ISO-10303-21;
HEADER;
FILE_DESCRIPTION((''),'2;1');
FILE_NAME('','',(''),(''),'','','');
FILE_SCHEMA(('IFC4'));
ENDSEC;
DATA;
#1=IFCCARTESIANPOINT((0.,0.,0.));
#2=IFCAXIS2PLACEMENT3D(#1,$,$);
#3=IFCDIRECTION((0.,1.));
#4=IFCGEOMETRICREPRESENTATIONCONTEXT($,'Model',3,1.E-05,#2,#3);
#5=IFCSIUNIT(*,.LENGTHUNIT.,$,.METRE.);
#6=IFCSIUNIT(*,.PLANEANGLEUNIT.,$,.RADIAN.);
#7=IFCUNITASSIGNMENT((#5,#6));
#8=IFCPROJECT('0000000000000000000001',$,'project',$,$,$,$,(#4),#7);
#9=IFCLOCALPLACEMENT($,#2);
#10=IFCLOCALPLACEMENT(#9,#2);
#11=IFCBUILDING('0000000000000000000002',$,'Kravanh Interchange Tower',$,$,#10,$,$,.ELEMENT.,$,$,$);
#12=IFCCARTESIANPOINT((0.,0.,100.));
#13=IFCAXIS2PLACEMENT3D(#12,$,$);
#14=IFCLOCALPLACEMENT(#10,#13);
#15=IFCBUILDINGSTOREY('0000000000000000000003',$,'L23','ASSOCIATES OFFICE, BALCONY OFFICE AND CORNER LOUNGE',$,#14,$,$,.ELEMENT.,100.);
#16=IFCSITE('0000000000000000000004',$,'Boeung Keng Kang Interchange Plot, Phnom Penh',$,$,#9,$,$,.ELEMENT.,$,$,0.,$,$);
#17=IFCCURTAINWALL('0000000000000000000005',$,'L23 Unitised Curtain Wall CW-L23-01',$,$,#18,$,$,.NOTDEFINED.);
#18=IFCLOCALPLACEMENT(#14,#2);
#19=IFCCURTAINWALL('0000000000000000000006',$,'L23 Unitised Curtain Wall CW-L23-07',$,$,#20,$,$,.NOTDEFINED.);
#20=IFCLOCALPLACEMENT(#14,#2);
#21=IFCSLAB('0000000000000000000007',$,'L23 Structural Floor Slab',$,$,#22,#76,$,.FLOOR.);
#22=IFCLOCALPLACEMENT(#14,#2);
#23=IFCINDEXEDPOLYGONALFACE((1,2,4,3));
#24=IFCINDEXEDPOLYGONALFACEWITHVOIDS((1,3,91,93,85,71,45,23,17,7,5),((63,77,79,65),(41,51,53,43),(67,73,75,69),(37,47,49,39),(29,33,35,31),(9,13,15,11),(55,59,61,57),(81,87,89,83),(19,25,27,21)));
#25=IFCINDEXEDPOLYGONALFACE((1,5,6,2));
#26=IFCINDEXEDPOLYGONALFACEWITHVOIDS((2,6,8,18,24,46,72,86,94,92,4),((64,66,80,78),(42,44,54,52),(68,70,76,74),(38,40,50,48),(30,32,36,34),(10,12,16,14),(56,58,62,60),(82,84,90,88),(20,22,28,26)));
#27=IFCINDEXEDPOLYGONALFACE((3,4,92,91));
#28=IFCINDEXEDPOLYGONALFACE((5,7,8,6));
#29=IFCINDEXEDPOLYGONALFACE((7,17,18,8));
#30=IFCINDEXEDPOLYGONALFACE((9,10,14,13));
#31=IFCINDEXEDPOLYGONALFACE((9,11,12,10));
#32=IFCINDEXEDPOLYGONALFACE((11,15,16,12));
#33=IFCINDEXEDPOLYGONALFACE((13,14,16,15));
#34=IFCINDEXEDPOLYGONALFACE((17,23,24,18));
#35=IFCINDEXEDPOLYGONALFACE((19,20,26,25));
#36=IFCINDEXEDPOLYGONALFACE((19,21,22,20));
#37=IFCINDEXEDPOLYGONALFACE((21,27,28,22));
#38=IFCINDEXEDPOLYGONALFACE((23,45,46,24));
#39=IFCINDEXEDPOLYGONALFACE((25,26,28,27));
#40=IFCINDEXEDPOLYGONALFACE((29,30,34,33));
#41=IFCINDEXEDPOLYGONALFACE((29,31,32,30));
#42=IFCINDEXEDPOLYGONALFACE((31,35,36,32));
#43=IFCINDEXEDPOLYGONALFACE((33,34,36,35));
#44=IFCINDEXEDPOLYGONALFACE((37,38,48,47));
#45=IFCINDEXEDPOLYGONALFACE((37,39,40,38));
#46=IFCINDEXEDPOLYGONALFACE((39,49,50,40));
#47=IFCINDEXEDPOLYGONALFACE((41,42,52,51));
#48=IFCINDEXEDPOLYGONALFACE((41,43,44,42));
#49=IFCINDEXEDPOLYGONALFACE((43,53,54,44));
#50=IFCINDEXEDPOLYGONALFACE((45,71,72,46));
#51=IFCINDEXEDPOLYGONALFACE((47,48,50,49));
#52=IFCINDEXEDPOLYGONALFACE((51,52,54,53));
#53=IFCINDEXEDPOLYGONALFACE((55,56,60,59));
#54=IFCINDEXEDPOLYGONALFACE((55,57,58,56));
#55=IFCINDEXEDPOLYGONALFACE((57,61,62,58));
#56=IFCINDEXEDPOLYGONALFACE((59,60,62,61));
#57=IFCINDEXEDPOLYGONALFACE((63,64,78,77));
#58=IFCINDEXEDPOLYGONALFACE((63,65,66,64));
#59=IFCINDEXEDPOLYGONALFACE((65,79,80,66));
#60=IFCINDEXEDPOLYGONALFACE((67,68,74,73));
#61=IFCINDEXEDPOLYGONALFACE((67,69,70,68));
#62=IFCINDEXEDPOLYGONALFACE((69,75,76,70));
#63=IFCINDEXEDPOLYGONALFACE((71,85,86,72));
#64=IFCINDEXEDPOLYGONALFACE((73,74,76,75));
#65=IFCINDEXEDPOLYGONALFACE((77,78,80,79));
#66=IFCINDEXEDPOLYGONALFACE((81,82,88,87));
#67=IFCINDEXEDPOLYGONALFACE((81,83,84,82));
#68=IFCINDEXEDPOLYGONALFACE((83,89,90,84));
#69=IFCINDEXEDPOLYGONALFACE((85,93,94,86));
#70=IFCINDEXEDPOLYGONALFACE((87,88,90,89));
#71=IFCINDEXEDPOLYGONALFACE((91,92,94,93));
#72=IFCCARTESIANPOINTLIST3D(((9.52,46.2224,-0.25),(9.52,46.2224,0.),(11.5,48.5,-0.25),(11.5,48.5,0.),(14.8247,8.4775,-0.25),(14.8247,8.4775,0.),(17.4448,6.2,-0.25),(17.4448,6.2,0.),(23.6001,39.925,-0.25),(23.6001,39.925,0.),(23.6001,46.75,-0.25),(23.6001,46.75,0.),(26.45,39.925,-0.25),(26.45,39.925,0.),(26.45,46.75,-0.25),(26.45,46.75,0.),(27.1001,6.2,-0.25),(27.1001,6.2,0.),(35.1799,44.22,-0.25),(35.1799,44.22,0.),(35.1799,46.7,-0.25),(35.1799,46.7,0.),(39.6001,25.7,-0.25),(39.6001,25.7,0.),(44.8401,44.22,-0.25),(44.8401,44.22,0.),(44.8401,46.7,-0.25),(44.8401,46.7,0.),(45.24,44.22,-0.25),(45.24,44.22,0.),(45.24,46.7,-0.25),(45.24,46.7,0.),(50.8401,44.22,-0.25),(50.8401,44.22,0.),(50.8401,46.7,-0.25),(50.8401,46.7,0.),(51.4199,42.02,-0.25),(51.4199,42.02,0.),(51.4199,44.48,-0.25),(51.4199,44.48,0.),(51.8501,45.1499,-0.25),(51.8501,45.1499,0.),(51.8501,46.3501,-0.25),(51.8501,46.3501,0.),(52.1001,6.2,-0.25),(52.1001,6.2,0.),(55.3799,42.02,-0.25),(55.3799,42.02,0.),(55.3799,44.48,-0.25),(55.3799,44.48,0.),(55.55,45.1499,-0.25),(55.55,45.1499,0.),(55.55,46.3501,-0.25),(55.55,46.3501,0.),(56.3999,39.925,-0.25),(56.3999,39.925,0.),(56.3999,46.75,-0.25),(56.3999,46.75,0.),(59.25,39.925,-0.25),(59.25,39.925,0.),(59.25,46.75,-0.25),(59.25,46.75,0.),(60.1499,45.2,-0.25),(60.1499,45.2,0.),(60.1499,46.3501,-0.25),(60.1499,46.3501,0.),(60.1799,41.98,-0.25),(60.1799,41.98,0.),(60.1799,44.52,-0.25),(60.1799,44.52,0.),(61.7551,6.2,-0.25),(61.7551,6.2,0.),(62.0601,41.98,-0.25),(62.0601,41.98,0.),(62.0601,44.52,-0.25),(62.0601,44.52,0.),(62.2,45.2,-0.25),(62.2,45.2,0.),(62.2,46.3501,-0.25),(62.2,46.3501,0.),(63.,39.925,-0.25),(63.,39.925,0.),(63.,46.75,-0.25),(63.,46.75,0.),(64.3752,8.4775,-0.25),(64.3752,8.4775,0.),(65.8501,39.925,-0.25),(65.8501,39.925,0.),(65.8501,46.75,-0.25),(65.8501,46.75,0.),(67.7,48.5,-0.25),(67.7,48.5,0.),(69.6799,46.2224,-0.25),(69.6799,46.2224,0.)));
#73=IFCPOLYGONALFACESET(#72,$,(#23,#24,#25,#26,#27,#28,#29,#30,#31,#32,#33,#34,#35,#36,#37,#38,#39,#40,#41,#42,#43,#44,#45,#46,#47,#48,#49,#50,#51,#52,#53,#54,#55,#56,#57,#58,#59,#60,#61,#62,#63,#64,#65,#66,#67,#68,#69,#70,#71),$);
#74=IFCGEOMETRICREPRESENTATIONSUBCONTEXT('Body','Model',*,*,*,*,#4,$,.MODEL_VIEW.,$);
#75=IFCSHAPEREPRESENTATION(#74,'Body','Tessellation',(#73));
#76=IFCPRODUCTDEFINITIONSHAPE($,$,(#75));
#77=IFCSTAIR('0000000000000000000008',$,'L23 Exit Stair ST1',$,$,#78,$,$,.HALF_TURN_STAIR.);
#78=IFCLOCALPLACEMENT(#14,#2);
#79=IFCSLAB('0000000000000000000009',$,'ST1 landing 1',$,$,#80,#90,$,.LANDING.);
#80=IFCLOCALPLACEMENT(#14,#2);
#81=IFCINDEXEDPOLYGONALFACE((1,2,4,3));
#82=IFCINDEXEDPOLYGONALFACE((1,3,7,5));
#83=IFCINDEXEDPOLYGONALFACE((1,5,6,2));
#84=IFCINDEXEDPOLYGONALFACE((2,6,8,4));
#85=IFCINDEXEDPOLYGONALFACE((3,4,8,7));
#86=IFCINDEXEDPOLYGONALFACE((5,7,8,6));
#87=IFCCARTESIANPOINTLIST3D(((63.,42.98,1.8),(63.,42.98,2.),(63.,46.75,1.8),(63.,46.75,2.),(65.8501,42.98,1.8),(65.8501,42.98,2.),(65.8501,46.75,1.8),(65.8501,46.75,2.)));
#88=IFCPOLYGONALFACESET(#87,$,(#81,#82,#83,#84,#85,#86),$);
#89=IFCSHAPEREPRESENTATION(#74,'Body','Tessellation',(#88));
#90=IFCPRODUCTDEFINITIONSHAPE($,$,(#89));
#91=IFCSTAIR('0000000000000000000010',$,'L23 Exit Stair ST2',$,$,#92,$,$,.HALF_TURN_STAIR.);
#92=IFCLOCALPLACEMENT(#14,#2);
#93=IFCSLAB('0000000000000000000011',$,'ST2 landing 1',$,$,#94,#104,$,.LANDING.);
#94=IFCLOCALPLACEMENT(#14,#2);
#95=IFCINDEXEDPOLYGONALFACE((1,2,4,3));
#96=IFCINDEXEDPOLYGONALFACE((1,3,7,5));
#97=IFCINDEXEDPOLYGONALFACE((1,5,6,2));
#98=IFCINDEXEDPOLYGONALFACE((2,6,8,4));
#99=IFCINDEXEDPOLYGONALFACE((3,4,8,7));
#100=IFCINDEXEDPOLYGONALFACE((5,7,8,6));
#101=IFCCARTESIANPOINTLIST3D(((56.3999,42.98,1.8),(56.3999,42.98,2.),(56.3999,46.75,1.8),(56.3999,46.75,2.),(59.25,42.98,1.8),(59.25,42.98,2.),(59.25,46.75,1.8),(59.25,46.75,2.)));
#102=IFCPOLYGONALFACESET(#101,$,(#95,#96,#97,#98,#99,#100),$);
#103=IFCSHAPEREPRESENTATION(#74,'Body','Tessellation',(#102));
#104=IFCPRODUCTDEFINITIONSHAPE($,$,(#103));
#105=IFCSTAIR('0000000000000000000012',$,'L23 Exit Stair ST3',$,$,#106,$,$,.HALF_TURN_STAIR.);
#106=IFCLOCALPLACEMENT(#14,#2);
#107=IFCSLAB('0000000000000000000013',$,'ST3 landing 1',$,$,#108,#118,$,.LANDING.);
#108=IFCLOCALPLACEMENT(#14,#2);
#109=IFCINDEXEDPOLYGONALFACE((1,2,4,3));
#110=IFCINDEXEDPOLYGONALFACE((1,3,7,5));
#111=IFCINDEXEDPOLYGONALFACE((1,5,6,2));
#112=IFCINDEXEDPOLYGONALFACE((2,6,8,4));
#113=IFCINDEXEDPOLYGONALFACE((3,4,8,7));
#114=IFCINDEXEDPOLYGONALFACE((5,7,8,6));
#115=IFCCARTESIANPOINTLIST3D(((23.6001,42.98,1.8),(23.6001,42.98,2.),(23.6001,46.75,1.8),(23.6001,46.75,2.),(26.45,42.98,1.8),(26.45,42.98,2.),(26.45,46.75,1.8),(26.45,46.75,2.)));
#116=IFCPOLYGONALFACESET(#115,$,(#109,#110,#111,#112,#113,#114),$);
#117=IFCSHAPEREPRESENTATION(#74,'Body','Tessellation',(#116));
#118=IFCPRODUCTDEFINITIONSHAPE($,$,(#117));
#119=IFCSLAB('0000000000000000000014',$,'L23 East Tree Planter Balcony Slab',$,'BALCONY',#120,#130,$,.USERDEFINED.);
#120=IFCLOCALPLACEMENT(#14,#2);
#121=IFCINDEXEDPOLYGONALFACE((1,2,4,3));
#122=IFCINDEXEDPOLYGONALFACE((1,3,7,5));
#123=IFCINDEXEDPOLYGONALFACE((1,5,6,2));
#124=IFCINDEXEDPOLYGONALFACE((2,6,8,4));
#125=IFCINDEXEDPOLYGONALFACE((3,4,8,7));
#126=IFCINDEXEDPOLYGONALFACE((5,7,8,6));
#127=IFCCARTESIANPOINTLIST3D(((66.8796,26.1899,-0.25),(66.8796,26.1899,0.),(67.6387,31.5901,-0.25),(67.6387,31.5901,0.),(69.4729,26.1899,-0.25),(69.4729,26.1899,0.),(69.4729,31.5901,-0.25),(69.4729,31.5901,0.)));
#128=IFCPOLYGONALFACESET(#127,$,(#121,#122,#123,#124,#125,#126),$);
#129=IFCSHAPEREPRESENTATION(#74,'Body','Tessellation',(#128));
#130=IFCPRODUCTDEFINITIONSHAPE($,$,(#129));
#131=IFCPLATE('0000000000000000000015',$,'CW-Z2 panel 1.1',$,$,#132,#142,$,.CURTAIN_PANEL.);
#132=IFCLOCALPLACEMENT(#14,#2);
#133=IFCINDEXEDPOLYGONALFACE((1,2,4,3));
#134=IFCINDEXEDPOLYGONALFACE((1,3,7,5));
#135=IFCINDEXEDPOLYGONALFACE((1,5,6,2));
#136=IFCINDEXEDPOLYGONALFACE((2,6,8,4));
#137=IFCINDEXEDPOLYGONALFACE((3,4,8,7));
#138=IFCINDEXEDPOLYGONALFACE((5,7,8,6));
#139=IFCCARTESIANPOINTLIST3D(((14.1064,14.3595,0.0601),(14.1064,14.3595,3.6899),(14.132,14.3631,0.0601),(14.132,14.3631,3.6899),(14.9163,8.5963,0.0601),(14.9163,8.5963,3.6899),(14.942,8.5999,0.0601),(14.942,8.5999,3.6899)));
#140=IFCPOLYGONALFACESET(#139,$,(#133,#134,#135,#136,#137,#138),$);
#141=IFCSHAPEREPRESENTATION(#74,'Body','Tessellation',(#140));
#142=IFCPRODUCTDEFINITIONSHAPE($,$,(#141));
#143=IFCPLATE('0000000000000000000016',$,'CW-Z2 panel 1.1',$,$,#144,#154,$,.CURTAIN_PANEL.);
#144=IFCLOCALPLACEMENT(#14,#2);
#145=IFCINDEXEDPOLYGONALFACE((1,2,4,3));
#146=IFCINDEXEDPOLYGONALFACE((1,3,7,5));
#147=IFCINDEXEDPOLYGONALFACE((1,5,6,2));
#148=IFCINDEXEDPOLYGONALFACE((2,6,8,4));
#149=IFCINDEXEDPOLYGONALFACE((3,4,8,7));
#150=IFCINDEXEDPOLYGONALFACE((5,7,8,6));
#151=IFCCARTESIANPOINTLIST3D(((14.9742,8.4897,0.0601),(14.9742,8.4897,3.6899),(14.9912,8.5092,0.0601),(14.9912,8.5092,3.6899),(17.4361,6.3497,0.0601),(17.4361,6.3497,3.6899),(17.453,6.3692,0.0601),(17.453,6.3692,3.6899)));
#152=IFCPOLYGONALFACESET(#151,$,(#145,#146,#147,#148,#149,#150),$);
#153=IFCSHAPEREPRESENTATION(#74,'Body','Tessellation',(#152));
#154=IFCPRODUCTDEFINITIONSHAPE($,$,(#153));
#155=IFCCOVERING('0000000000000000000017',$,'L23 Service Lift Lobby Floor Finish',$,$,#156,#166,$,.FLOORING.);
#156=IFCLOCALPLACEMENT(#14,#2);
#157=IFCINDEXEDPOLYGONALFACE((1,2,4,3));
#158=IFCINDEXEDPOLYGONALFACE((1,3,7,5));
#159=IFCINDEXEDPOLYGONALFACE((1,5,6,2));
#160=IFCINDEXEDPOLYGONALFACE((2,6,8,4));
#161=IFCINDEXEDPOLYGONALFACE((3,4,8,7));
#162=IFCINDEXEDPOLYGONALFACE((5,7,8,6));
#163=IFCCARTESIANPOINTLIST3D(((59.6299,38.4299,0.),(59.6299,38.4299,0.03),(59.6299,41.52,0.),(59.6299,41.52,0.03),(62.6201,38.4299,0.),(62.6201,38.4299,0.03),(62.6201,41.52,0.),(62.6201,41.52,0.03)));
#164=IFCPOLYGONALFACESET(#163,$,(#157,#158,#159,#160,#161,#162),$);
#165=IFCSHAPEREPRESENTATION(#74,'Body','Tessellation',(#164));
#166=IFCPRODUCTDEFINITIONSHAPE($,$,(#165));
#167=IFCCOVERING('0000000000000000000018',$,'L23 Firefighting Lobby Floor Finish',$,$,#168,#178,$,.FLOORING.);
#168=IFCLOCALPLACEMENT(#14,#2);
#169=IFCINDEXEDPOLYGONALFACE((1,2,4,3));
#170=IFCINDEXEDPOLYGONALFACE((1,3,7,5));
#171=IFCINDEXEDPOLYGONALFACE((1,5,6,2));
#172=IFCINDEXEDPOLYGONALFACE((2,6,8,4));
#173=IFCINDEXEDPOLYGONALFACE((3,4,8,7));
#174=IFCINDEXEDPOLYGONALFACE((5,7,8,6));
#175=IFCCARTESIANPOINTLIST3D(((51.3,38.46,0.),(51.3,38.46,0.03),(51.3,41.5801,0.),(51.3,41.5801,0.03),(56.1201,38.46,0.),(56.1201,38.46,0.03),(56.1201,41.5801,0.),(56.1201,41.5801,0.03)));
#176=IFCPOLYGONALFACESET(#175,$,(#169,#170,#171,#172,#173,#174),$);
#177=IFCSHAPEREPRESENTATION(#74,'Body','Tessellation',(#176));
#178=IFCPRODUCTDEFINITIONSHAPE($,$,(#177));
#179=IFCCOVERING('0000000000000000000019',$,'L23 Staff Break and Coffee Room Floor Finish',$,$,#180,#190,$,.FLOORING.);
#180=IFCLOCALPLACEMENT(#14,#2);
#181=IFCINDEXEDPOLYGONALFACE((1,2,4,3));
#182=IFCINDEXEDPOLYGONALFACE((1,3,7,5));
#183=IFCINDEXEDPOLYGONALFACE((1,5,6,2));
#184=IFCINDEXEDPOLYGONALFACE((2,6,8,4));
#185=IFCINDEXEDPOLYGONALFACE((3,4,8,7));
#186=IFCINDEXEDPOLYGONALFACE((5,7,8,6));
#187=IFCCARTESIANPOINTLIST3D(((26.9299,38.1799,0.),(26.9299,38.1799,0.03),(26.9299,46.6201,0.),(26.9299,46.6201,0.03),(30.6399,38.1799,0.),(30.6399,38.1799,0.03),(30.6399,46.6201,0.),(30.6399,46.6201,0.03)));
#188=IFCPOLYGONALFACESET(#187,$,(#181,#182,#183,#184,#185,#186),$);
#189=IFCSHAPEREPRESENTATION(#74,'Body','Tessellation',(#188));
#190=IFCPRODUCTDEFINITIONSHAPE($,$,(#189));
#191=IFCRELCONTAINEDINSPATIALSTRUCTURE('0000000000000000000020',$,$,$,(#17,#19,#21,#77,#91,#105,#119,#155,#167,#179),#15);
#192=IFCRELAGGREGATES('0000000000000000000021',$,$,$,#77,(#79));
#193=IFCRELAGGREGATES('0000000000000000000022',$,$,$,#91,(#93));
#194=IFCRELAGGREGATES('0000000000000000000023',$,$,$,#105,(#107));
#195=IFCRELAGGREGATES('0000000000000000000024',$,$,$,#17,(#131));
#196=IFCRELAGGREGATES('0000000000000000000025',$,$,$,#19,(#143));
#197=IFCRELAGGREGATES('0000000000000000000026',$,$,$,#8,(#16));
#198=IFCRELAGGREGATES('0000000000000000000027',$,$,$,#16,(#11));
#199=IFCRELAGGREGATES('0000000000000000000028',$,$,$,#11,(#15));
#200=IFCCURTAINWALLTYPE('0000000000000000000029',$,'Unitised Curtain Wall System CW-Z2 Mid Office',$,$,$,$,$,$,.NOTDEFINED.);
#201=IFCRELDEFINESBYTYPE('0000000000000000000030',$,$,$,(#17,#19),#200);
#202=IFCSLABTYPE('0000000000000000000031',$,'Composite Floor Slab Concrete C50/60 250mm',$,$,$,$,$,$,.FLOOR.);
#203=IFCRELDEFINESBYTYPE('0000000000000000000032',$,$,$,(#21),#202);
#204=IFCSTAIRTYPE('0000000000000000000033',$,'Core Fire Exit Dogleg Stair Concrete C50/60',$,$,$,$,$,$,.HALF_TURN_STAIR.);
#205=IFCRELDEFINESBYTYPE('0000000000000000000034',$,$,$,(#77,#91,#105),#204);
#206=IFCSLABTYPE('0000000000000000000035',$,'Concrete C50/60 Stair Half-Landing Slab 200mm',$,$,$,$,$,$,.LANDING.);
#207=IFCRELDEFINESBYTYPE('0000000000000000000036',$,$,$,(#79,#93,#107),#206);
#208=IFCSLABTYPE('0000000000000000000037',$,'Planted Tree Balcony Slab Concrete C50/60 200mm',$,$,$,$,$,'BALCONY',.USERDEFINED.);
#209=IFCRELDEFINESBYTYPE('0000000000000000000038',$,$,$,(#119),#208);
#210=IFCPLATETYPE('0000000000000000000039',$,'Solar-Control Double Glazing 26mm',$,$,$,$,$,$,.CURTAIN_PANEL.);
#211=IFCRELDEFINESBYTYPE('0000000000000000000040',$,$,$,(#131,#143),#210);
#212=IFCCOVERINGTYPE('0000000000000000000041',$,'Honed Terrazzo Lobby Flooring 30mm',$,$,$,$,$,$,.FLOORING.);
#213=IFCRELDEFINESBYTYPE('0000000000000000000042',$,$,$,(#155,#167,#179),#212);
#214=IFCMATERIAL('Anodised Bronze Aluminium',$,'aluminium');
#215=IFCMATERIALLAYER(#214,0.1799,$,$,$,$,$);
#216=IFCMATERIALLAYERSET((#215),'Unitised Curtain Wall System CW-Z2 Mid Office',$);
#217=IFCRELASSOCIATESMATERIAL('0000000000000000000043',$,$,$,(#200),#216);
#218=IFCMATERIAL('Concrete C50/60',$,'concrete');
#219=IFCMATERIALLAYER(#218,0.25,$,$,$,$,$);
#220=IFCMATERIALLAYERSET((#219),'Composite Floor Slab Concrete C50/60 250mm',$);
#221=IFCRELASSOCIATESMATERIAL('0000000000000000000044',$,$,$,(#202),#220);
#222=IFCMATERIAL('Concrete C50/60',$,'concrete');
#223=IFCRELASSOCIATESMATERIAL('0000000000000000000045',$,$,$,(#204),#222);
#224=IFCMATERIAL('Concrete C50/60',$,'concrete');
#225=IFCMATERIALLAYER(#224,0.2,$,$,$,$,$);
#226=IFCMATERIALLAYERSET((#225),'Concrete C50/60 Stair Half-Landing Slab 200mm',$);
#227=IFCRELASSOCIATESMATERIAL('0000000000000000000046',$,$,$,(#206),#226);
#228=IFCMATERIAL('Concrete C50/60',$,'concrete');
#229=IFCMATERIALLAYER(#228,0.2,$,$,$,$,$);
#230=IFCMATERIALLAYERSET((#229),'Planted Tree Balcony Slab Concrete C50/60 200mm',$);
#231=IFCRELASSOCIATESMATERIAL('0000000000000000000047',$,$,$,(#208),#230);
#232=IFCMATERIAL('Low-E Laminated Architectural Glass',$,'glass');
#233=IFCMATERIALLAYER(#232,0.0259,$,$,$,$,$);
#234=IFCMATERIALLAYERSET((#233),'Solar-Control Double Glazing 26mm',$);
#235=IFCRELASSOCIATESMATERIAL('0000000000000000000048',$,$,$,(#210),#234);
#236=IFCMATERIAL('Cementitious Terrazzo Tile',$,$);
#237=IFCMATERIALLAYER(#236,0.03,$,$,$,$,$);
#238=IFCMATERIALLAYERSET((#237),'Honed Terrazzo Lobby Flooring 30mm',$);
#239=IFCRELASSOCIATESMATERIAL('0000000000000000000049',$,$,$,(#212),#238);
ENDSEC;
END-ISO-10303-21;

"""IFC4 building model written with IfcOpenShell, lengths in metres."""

from ifc_helpers import new_model, si_unit, direction, frame, origin, origin_2d, place, context, subcontext, project, spatial, polyline, rectangle, outline, extrude, material, layer, layer_set, type_object, element, aggregate, save


model = new_model("IFC4")

# Units and contexts
model_context = context("Model", 3, precision=1e-05, world=origin(), true_north=direction((0.0, 1.0)))
body_context = subcontext(model_context, "Body", "Model", "MODEL_VIEW")
ifc_project = project(units=[si_unit("LENGTHUNIT", "METRE"), si_unit("PLANEANGLEUNIT", "RADIAN")], contexts=[model_context])

# Site, building, storey
site_placement = place(None, origin())
site = spatial("IfcSite", under=ifc_project, at=site_placement, Name="Boeung Keng Kang Interchange Plot, Phnom Penh", CompositionType="ELEMENT", RefElevation=0.0)
building_placement = place(site_placement, origin())
building = spatial("IfcBuilding", under=site, at=building_placement, Name="Kravanh Interchange Tower", CompositionType="ELEMENT")
storey_placement = place(building_placement, frame((0.0, 0.0, 100.0)))
storey = spatial("IfcBuildingStorey", under=building, at=storey_placement, Name="L23", Description="ASSOCIATES OFFICE, BALCONY OFFICE AND CORNER LOUNGE", CompositionType="ELEMENT", Elevation=100.0)

# Curtain wall
ifc_material_1 = material(Name="Anodised Bronze Aluminium", Category="aluminium")
ifc_layer_1 = layer(ifc_material_1, 0.1799)
ifc_layer_set_1 = layer_set([ifc_layer_1], Name="Unitised Curtain Wall System CW-Z2 Mid Office")
curtain_wall_type = type_object("IfcCurtainWallType", Name="Unitised Curtain Wall System CW-Z2 Mid Office", PredefinedType="NOTDEFINED", material=ifc_layer_set_1)
curtain_wall_1_placement = place(storey_placement, origin())
curtain_wall_1 = element("IfcCurtainWall", 1, at=curtain_wall_1_placement, inside=storey, type_object=curtain_wall_type, Name="L23 Unitised Curtain Wall CW-L23-01", PredefinedType="NOTDEFINED")

# Curtain wall
curtain_wall_2_placement = place(storey_placement, origin())
curtain_wall_2 = element("IfcCurtainWall", 2, at=curtain_wall_2_placement, inside=storey, type_object=curtain_wall_type, Name="L23 Unitised Curtain Wall CW-L23-07", PredefinedType="NOTDEFINED")

# Slab
ifc_material_2 = material(Name="Concrete C50/60", Category="concrete")
ifc_layer_2 = layer(ifc_material_2, 0.25)
ifc_layer_set_2 = layer_set([ifc_layer_2], Name="Composite Floor Slab Concrete C50/60 250mm")
slab_type_1 = type_object("IfcSlabType", Name="Composite Floor Slab Concrete C50/60 250mm", PredefinedType="FLOOR", material=ifc_layer_set_2)
slab_1_placement = place(storey_placement, frame((0.0, 0.0, -0.25)))
element("IfcSlab", 3, at=slab_1_placement, inside=storey, type_object=slab_type_1, Name="L23 Structural Floor Slab", PredefinedType="FLOOR", context=body_context, shape_type="SweptSolid", body=[
    extrude(outline(polyline([(14.8247, 8.4775), (17.4448, 6.2), (27.1001, 6.2), (39.6001, 25.7), (52.1001, 6.2), (61.7551, 6.2), (64.3752, 8.4775), (69.6799, 46.2224), (67.7, 48.5), (11.5, 48.5), (9.52, 46.2224), (14.8247, 8.4775)]), holes=[polyline([(65.8501, 39.925), (65.8501, 46.75), (63.0, 46.75), (63.0, 39.925), (65.8501, 39.925)]), polyline([(59.25, 39.925), (59.25, 46.75), (56.3999, 46.75), (56.3999, 39.925), (59.25, 39.925)]), polyline([(26.45, 39.925), (26.45, 46.75), (23.6001, 46.75), (23.6001, 39.925), (26.45, 39.925)]), polyline([(35.1799, 44.22), (44.8401, 44.22), (44.8401, 46.7), (35.1799, 46.7), (35.1799, 44.22)]), polyline([(45.24, 44.22), (50.8401, 44.22), (50.8401, 46.7), (45.24, 46.7), (45.24, 44.22)]), polyline([(51.4199, 42.02), (55.3799, 42.02), (55.3799, 44.48), (51.4199, 44.48), (51.4199, 42.02)]), polyline([(60.1799, 41.98), (62.0601, 41.98), (62.0601, 44.52), (60.1799, 44.52), (60.1799, 41.98)]), polyline([(60.1499, 45.2), (62.2, 45.2), (62.2, 46.3501), (60.1499, 46.3501), (60.1499, 45.2)]), polyline([(51.8501, 45.1499), (55.55, 45.1499), (55.55, 46.3501), (51.8501, 46.3501), (51.8501, 45.1499)])]), origin(), (0.0, 0.0, 1.0), 0.25),
])

# Stairs, slabs
ifc_material_3 = material(Name="Concrete C50/60", Category="concrete")
stair_type = type_object("IfcStairType", Name="Core Fire Exit Dogleg Stair Concrete C50/60", PredefinedType="HALF_TURN_STAIR", material=ifc_material_3)
stair_1_placement = place(storey_placement, origin())
stair_1 = element("IfcStair", 4, at=stair_1_placement, inside=storey, type_object=stair_type, Name="L23 Exit Stair ST1", PredefinedType="HALF_TURN_STAIR")
ifc_material_4 = material(Name="Concrete C50/60", Category="concrete")
ifc_layer_3 = layer(ifc_material_4, 0.2)
ifc_layer_set_3 = layer_set([ifc_layer_3], Name="Concrete C50/60 Stair Half-Landing Slab 200mm")
slab_type_2 = type_object("IfcSlabType", Name="Concrete C50/60 Stair Half-Landing Slab 200mm", PredefinedType="LANDING", material=ifc_layer_set_3)
slab_2_placement = place(storey_placement, frame((0.0, 0.0, 1.8)))
slab_2 = element("IfcSlab", 5, at=slab_2_placement, type_object=slab_type_2, Name="ST1 landing 1", PredefinedType="LANDING", context=body_context, shape_type="SweptSolid", body=[
    extrude(outline(polyline([(65.8501, 42.98), (65.8501, 46.75), (63.0, 46.75), (63.0, 42.98), (65.8501, 42.98)])), origin(), (0.0, 0.0, 1.0), 0.2),
])
aggregate(stair_1, [slab_2])
stair_2_placement = place(storey_placement, origin())
stair_2 = element("IfcStair", 6, at=stair_2_placement, inside=storey, type_object=stair_type, Name="L23 Exit Stair ST2", PredefinedType="HALF_TURN_STAIR")
slab_3_placement = place(storey_placement, frame((0.0, 0.0, 1.8)))
slab_3 = element("IfcSlab", 7, at=slab_3_placement, type_object=slab_type_2, Name="ST2 landing 1", PredefinedType="LANDING", context=body_context, shape_type="SweptSolid", body=[
    extrude(outline(polyline([(59.25, 42.98), (59.25, 46.75), (56.3999, 46.75), (56.3999, 42.98), (59.25, 42.98)])), origin(), (0.0, 0.0, 1.0), 0.2),
])
aggregate(stair_2, [slab_3])
stair_3_placement = place(storey_placement, origin())
stair_3 = element("IfcStair", 8, at=stair_3_placement, inside=storey, type_object=stair_type, Name="L23 Exit Stair ST3", PredefinedType="HALF_TURN_STAIR")
slab_4_placement = place(storey_placement, frame((0.0, 0.0, 1.8)))
slab_4 = element("IfcSlab", 9, at=slab_4_placement, type_object=slab_type_2, Name="ST3 landing 1", PredefinedType="LANDING", context=body_context, shape_type="SweptSolid", body=[
    extrude(outline(polyline([(26.45, 42.98), (26.45, 46.75), (23.6001, 46.75), (23.6001, 42.98), (26.45, 42.98)])), origin(), (0.0, 0.0, 1.0), 0.2),
])
aggregate(stair_3, [slab_4])

# Slab
ifc_material_5 = material(Name="Concrete C50/60", Category="concrete")
ifc_layer_4 = layer(ifc_material_5, 0.2)
ifc_layer_set_4 = layer_set([ifc_layer_4], Name="Planted Tree Balcony Slab Concrete C50/60 200mm")
slab_type_3 = type_object("IfcSlabType", Name="Planted Tree Balcony Slab Concrete C50/60 200mm", ElementType="BALCONY", PredefinedType="USERDEFINED", material=ifc_layer_set_4)
slab_5_placement = place(storey_placement, frame((0.0, 0.0, -0.25)))
element("IfcSlab", 10, at=slab_5_placement, inside=storey, type_object=slab_type_3, Name="L23 East Tree Planter Balcony Slab", ObjectType="BALCONY", PredefinedType="USERDEFINED", context=body_context, shape_type="SweptSolid", body=[
    extrude(outline(polyline([(69.4729, 31.5901), (69.4729, 26.1899), (66.8796, 26.1899), (67.6387, 31.5901), (69.4729, 31.5901)])), origin(), (0.0, 0.0, 1.0), 0.25),
])

# Plates
ifc_material_6 = material(Name="Low-E Laminated Architectural Glass", Category="glass")
ifc_layer_5 = layer(ifc_material_6, 0.0259)
ifc_layer_set_5 = layer_set([ifc_layer_5], Name="Solar-Control Double Glazing 26mm")
plate_type = type_object("IfcPlateType", Name="Solar-Control Double Glazing 26mm", PredefinedType="CURTAIN_PANEL", material=ifc_layer_set_5)
plate_1_placement = place(storey_placement, frame((14.5242, 11.4797, 0.0601), z_axis=(0.0, 0.0, 1.0), x_axis=(-0.139173, 0.990268, 0.0)))
plate_1 = element("IfcPlate", 11, at=plate_1_placement, type_object=plate_type, Name="CW-Z2 panel 1.1", PredefinedType="CURTAIN_PANEL", context=body_context, shape_type="SweptSolid", body=[
    extrude(rectangle(XDim=5.8198, YDim=0.0259, at=origin_2d()), origin(), (0.0, 0.0, 1.0), 3.6299),
])
aggregate(curtain_wall_1, [plate_1])
plate_2_placement = place(storey_placement, frame((16.2136, 7.4294, 0.0601), z_axis=(0.0, 0.0, 1.0), x_axis=(-0.754719, 0.656048, 0.0)))
plate_2 = element("IfcPlate", 12, at=plate_2_placement, type_object=plate_type, Name="CW-Z2 panel 1.1", PredefinedType="CURTAIN_PANEL", context=body_context, shape_type="SweptSolid", body=[
    extrude(rectangle(XDim=3.262, YDim=0.0259, at=origin_2d()), origin(), (0.0, 0.0, 1.0), 3.6299),
])
aggregate(curtain_wall_2, [plate_2])

# Coverings
ifc_material_7 = material(Name="Cementitious Terrazzo Tile")
ifc_layer_6 = layer(ifc_material_7, 0.03)
ifc_layer_set_6 = layer_set([ifc_layer_6], Name="Honed Terrazzo Lobby Flooring 30mm")
covering_type_1 = type_object("IfcCoveringType", Name="Honed Terrazzo Lobby Flooring 30mm", PredefinedType="FLOORING", material=ifc_layer_set_6)
covering_1_placement = place(storey_placement, origin())
element("IfcCovering", 13, at=covering_1_placement, inside=storey, type_object=covering_type_1, Name="L23 Service Lift Lobby Floor Finish", PredefinedType="FLOORING", context=body_context, shape_type="SweptSolid", body=[
    extrude(outline(polyline([(59.6299, 41.52), (62.6201, 41.52), (62.6201, 38.4299), (59.6299, 38.4299), (59.6299, 41.52)])), origin(), (0.0, 0.0, 1.0), 0.03),
])
covering_2_placement = place(storey_placement, origin())
element("IfcCovering", 14, at=covering_2_placement, inside=storey, type_object=covering_type_1, Name="L23 Firefighting Lobby Floor Finish", PredefinedType="FLOORING", context=body_context, shape_type="SweptSolid", body=[
    extrude(outline(polyline([(56.1201, 38.46), (51.3, 38.46), (51.3, 41.5801), (56.1201, 41.5801), (56.1201, 38.46)])), origin(), (0.0, 0.0, 1.0), 0.03),
])
covering_3_placement = place(storey_placement, origin())
element("IfcCovering", 15, at=covering_3_placement, inside=storey, type_object=covering_type_1, Name="L23 Staff Break and Coffee Room Floor Finish", PredefinedType="FLOORING", context=body_context, shape_type="SweptSolid", body=[
    extrude(outline(polyline([(26.9299, 46.6201), (30.6399, 46.6201), (30.6399, 38.1799), (26.9299, 38.1799), (26.9299, 46.6201)])), origin(), (0.0, 0.0, 1.0), 0.03),
])

save(model, "model.ifc")
